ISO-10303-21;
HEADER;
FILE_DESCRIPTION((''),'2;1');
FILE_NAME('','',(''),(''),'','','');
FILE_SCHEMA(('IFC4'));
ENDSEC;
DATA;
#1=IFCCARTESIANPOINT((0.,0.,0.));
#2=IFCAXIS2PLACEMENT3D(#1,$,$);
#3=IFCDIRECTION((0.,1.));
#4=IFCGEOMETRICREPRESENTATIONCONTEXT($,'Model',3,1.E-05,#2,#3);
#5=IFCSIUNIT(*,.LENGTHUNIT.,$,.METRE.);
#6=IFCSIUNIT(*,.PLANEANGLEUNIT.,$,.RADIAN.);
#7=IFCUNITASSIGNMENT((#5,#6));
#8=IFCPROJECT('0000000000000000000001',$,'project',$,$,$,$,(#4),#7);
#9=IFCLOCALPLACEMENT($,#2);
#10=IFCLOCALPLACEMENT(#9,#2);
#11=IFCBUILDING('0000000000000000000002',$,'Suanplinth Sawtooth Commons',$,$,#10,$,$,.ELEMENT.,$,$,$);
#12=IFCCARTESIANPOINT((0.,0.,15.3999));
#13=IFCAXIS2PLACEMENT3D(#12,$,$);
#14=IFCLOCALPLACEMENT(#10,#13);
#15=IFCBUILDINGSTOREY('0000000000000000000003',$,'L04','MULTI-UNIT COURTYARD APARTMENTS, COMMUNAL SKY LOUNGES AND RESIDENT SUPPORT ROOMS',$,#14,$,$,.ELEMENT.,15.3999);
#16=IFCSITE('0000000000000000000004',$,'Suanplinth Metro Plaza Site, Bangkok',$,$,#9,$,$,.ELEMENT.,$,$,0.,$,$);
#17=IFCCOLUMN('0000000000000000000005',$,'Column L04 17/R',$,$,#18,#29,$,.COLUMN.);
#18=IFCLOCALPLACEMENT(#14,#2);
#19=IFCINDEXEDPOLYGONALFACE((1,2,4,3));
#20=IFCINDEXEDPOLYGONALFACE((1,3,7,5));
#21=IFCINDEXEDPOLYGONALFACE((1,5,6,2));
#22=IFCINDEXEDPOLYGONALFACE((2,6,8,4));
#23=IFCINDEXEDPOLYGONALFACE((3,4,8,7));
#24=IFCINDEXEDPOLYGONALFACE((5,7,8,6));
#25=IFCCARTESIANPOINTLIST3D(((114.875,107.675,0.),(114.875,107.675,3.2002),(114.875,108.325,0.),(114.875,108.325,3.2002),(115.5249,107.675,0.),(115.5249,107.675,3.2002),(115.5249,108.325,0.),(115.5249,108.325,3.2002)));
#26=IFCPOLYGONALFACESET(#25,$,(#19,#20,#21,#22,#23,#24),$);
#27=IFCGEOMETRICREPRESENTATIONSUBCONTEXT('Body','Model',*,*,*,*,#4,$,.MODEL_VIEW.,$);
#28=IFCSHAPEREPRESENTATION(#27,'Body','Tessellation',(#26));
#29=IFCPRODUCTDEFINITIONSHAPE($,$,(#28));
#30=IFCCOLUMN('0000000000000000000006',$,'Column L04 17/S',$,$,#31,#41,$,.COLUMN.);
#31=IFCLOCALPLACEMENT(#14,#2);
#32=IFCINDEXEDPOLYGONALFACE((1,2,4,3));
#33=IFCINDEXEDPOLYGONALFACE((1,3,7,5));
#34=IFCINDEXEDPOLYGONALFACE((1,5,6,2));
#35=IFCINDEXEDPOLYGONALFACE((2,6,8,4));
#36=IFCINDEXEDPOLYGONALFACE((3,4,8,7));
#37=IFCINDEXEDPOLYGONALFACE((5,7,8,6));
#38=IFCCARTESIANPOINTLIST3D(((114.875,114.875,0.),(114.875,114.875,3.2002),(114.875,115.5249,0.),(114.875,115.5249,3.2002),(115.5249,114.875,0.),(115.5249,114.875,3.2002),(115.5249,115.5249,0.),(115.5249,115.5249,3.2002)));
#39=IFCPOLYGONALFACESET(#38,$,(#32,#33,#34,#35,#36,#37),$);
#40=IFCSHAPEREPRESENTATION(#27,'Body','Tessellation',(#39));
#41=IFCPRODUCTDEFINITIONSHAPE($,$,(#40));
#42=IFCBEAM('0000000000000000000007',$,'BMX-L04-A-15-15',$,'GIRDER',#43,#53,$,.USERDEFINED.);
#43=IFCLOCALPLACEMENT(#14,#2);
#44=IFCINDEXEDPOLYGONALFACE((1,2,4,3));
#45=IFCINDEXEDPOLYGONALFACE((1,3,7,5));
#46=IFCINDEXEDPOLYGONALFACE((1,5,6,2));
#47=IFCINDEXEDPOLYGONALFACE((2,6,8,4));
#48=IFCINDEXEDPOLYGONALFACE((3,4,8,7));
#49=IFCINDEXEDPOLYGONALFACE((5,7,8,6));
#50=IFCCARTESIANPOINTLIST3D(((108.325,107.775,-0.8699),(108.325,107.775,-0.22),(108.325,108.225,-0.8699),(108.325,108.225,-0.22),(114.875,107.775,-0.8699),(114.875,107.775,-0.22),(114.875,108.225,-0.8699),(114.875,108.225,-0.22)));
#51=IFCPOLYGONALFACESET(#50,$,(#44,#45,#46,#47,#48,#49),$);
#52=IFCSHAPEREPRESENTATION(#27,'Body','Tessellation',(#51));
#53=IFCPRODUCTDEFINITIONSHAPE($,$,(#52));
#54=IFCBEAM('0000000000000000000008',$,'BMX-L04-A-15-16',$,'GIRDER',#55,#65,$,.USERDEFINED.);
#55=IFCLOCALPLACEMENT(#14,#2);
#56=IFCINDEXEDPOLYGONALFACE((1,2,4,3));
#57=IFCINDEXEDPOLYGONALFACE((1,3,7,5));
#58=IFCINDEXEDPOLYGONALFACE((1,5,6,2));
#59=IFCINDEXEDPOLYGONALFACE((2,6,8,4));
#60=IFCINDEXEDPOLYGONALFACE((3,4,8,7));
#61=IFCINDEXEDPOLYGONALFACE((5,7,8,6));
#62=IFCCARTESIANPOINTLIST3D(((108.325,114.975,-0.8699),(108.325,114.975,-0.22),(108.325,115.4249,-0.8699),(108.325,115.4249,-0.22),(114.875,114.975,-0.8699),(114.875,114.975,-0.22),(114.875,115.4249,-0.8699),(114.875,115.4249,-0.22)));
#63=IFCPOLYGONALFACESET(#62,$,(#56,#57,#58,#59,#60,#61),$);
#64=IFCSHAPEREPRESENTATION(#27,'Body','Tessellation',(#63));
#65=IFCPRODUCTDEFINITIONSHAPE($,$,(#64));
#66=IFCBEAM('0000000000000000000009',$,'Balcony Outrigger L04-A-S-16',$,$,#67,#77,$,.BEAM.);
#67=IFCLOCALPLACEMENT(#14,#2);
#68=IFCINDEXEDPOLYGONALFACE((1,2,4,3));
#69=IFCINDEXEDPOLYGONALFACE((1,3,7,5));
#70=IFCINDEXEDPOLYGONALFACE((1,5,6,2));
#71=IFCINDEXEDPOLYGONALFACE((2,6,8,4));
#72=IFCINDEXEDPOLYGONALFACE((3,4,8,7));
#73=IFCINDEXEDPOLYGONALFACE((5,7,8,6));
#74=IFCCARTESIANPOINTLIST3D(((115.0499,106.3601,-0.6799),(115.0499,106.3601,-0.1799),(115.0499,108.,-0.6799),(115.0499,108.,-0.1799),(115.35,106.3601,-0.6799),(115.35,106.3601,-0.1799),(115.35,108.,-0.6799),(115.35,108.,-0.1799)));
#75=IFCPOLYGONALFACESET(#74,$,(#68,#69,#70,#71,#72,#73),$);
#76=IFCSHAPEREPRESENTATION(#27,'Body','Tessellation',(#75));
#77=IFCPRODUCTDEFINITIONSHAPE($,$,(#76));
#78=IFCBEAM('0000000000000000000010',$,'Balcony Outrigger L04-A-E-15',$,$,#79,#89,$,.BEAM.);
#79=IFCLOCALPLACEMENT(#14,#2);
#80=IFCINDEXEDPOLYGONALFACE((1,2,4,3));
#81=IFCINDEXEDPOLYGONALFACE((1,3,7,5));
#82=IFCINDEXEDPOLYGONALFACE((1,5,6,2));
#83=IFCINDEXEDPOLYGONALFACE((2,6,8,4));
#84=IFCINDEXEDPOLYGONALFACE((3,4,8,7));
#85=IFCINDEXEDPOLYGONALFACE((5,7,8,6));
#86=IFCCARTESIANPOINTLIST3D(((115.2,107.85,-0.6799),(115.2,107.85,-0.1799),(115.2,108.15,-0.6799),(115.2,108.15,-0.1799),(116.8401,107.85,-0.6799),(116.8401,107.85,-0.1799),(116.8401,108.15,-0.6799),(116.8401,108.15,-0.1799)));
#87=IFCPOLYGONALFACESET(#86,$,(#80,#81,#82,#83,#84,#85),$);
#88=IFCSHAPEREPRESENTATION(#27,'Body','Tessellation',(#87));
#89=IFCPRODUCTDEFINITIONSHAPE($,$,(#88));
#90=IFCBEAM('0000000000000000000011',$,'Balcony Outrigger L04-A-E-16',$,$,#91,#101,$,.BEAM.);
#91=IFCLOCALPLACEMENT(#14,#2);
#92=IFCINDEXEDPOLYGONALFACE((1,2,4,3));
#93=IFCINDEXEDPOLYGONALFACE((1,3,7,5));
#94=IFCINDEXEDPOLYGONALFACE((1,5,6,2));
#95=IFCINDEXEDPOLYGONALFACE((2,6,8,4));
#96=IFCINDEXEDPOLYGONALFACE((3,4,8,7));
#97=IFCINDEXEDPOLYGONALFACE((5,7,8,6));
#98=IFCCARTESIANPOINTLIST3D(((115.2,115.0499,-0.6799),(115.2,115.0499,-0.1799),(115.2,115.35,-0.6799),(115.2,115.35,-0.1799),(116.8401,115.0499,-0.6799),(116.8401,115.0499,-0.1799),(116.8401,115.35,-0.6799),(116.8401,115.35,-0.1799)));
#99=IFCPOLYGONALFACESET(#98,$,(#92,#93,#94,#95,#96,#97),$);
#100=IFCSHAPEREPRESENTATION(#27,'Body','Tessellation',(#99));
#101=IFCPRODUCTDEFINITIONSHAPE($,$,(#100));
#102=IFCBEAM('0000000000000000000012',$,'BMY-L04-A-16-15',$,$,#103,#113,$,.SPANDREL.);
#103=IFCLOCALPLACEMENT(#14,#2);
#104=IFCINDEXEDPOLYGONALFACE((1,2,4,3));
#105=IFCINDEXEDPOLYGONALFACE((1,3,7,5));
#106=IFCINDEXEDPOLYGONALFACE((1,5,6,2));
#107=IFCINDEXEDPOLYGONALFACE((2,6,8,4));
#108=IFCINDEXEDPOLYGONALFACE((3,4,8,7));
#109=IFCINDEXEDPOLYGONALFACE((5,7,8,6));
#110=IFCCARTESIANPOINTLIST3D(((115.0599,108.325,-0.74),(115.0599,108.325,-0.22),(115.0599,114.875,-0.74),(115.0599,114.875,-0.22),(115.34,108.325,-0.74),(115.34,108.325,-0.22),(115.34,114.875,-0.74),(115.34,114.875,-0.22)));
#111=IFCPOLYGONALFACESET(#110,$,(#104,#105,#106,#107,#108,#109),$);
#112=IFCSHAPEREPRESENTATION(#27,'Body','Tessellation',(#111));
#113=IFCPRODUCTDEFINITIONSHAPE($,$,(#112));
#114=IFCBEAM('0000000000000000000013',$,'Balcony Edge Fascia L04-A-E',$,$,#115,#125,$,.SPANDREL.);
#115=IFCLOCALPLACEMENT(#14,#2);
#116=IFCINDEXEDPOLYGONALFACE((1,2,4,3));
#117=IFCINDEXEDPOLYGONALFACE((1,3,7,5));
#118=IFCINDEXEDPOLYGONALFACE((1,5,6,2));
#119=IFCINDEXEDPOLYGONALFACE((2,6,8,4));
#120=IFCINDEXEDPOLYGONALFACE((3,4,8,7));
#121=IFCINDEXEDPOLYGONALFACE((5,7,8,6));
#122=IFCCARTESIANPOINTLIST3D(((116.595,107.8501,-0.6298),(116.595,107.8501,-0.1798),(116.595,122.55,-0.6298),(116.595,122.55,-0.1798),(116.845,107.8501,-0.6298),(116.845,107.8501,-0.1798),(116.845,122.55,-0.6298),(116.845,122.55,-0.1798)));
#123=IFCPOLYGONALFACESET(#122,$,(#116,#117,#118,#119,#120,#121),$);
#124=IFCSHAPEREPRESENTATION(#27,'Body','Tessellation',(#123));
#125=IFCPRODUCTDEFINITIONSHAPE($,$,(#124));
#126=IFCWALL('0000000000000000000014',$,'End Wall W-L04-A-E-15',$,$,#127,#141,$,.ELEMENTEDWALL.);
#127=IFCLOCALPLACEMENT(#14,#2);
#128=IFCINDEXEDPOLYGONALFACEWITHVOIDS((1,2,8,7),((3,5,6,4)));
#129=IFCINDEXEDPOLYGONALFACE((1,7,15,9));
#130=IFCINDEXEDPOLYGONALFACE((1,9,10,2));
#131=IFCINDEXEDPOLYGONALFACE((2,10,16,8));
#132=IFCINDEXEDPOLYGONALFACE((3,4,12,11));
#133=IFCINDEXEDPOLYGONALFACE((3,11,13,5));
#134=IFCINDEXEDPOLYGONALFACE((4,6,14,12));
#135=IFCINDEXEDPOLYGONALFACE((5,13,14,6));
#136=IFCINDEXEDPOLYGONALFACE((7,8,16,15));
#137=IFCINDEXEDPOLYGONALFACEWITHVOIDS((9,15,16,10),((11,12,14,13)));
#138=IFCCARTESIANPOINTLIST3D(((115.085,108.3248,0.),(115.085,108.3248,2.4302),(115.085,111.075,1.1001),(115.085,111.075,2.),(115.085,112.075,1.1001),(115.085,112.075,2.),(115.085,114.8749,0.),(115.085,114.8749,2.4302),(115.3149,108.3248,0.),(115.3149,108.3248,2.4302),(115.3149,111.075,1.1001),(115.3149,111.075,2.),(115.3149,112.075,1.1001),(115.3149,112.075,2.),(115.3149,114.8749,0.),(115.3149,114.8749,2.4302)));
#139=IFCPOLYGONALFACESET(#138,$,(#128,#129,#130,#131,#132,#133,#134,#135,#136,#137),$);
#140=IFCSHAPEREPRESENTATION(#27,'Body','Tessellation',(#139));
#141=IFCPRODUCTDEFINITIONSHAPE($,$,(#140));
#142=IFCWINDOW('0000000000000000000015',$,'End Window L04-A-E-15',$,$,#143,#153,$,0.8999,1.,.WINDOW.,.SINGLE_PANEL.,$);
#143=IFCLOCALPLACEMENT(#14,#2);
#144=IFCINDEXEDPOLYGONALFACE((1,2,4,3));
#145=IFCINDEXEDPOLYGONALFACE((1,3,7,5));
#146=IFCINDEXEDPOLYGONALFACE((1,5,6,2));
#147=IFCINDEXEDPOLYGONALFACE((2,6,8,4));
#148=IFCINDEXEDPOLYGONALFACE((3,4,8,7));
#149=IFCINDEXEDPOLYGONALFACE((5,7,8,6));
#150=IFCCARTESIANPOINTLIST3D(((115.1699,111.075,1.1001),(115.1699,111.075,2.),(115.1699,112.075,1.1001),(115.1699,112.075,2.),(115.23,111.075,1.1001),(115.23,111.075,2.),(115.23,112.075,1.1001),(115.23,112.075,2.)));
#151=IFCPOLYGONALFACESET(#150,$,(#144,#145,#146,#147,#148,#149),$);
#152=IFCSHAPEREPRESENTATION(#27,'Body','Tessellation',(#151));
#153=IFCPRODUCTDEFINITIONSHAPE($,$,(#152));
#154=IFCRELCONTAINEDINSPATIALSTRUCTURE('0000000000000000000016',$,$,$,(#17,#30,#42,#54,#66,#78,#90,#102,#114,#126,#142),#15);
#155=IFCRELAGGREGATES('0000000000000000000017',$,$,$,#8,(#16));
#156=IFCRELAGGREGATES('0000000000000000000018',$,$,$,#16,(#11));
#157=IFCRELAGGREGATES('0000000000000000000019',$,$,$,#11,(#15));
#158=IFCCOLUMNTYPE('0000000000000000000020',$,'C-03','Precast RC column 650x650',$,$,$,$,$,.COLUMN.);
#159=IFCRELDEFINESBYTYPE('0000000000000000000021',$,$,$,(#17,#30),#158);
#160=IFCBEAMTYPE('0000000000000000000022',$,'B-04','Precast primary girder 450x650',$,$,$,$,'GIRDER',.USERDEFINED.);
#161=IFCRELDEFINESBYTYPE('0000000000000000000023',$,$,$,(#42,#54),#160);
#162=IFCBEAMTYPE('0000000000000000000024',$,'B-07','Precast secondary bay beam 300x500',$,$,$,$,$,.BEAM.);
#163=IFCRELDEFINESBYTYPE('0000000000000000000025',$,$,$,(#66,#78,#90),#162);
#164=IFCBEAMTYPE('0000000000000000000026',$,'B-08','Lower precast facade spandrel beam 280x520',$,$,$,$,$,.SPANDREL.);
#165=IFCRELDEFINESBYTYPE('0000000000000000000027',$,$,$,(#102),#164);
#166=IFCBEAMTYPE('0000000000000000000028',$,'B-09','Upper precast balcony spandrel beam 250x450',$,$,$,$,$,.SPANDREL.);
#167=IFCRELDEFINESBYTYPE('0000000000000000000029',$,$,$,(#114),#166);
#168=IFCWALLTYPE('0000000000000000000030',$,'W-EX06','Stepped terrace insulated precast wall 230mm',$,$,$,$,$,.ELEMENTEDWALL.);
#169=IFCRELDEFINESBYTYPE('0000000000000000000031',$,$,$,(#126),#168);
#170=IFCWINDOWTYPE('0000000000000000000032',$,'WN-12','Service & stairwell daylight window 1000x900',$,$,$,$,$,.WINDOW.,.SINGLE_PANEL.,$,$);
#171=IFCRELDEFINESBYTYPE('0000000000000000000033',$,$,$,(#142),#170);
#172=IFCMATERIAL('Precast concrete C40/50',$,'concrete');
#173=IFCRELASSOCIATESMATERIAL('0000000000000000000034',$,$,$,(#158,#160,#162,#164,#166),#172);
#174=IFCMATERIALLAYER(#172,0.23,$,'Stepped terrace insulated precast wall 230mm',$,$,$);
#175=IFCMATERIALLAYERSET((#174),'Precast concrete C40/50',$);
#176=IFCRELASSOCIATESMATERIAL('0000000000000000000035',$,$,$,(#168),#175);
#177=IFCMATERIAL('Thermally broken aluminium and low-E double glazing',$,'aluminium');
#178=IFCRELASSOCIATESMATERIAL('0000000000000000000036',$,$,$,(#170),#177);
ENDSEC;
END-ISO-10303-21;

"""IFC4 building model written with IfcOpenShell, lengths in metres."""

from ifc_helpers import new_model, si_unit, direction, frame, frame_2d, origin, origin_2d, place, context, subcontext, project, spatial, rectangle, extrude, material, layer, layer_set, material_profile, profile_set, type_object, element, fill, save


model = new_model("IFC4")

# Units and contexts
model_context = context("Model", 3, precision=1e-05, world=origin(), true_north=direction((0.0, 1.0)))
body_context = subcontext(model_context, "Body", "Model", "MODEL_VIEW")
ifc_project = project(units=[si_unit("LENGTHUNIT", "METRE"), si_unit("PLANEANGLEUNIT", "RADIAN")], contexts=[model_context])

# Site, building, storey
site_placement = place(None, origin())
site = spatial("IfcSite", under=ifc_project, at=site_placement, Name="Suanplinth Metro Plaza Site, Bangkok", CompositionType="ELEMENT", RefElevation=0.0)
building_placement = place(site_placement, origin())
building = spatial("IfcBuilding", under=site, at=building_placement, Name="Suanplinth Sawtooth Commons", CompositionType="ELEMENT")
storey_placement = place(building_placement, frame((0.0, 0.0, 15.3999)))
storey = spatial("IfcBuildingStorey", under=building, at=storey_placement, Name="L04", Description="MULTI-UNIT COURTYARD APARTMENTS, COMMUNAL SKY LOUNGES AND RESIDENT SUPPORT ROOMS", CompositionType="ELEMENT", Elevation=15.3999)

# Columns
ifc_material_1 = material(Name="Precast concrete C40/50", Category="concrete")
ifc_material_profile_1 = material_profile(ifc_material_1, rectangle(XDim=0.6499, YDim=0.6499, at=origin_2d()), Name="PC-COL 650x650")
ifc_profile_set_1 = profile_set([ifc_material_profile_1], Name="Precast concrete C40/50")
column_type = type_object("IfcColumnType", Name="C-03", Description="Precast RC column 650x650", PredefinedType="COLUMN", material=ifc_profile_set_1)
for number, where, z_axis, x_axis, name in (
    (1, (115.2, 108.0, 0.0), (0.0, 0.0, 1.0), (1.0, 0.0, 0.0), "Column L04 17/R"),
    (2, (115.2, 115.2, 0.0), (0.0, 0.0, 1.0), (1.0, 0.0, 0.0), "Column L04 17/S"),
):
    element("IfcColumn", number, at=place(storey_placement, frame(where, z_axis=z_axis, x_axis=x_axis)), inside=storey, type_object=column_type, Name=name, PredefinedType="COLUMN", context=body_context, shape_type="SweptSolid", body=[
        extrude(rectangle(XDim=0.6499, YDim=0.6499, at=origin_2d()), origin(), (0.0, 0.0, 1.0), 3.2002),
    ])

# Beams
ifc_material_profile_2 = material_profile(ifc_material_1, rectangle(XDim=0.45, YDim=0.6499, at=origin_2d()), Name="PC-GDR 450x650")
ifc_profile_set_2 = profile_set([ifc_material_profile_2], Name="Precast concrete C40/50")
beam_type_1 = type_object("IfcBeamType", Name="B-04", Description="Precast primary girder 450x650", ElementType="GIRDER", PredefinedType="USERDEFINED", material=ifc_profile_set_2)
for number, where, z_axis, x_axis, name in (
    (3, (108.325, 108.0, -0.5449), (1.0, 0.0, 0.0), (0.0, 1.0, 0.0), "BMX-L04-A-15-15"),
    (4, (108.325, 115.2, -0.5449), (1.0, 0.0, 0.0), (0.0, 1.0, 0.0), "BMX-L04-A-15-16"),
):
    element("IfcBeam", number, at=place(storey_placement, frame(where, z_axis=z_axis, x_axis=x_axis)), inside=storey, type_object=beam_type_1, Name=name, ObjectType="GIRDER", PredefinedType="USERDEFINED", context=body_context, shape_type="SweptSolid", body=[
        extrude(rectangle(XDim=0.45, YDim=0.6499, at=origin_2d()), origin(), (0.0, 0.0, 1.0), 6.55),
    ])
ifc_material_profile_3 = material_profile(ifc_material_1, rectangle(XDim=0.3, YDim=0.5, at=origin_2d()), Name="PC-BM 300x500")
ifc_profile_set_3 = profile_set([ifc_material_profile_3], Name="Precast concrete C40/50")
beam_type_2 = type_object("IfcBeamType", Name="B-07", Description="Precast secondary bay beam 300x500", PredefinedType="BEAM", material=ifc_profile_set_3)
beam_1_placement = place(storey_placement, frame((115.2, 108.0, -0.4299), z_axis=(0.0, -1.0, 0.0), x_axis=(1.0, 0.0, 0.0)))
element("IfcBeam", 5, at=beam_1_placement, inside=storey, type_object=beam_type_2, Name="Balcony Outrigger L04-A-S-16", PredefinedType="BEAM", context=body_context, shape_type="SweptSolid", body=[
    extrude(rectangle(XDim=0.3, YDim=0.5, at=origin_2d()), origin(), (0.0, 0.0, 1.0), 1.6399),
])
for number, where, z_axis, x_axis, name in (
    (6, (115.2, 108.0, -0.4299), (1.0, 0.0, 0.0), (0.0, 1.0, 0.0), "Balcony Outrigger L04-A-E-15"),
    (7, (115.2, 115.2, -0.4299), (1.0, 0.0, 0.0), (0.0, 1.0, 0.0), "Balcony Outrigger L04-A-E-16"),
):
    element("IfcBeam", number, at=place(storey_placement, frame(where, z_axis=z_axis, x_axis=x_axis)), inside=storey, type_object=beam_type_2, Name=name, PredefinedType="BEAM", context=body_context, shape_type="SweptSolid", body=[
        extrude(rectangle(XDim=0.3, YDim=0.5, at=origin_2d()), origin(), (0.0, 0.0, 1.0), 1.6401),
    ])
ifc_material_profile_4 = material_profile(ifc_material_1, rectangle(XDim=0.28, YDim=0.52, at=origin_2d()), Name="PC-SP 280x520")
ifc_profile_set_4 = profile_set([ifc_material_profile_4], Name="Precast concrete C40/50")
beam_type_3 = type_object("IfcBeamType", Name="B-08", Description="Lower precast facade spandrel beam 280x520", PredefinedType="SPANDREL", material=ifc_profile_set_4)
beam_2_placement = place(storey_placement, frame((115.2, 108.325, -0.48), z_axis=(0.0, 1.0, 0.0), x_axis=(-1.0, 0.0, 0.0)))
element("IfcBeam", 8, at=beam_2_placement, inside=storey, type_object=beam_type_3, Name="BMY-L04-A-16-15", PredefinedType="SPANDREL", context=body_context, shape_type="SweptSolid", body=[
    extrude(rectangle(XDim=0.28, YDim=0.52, at=origin_2d()), origin(), (0.0, 0.0, 1.0), 6.55),
])
ifc_material_profile_5 = material_profile(ifc_material_1, rectangle(XDim=0.25, YDim=0.45, at=origin_2d()), Name="PC-SP 250x450")
ifc_profile_set_5 = profile_set([ifc_material_profile_5], Name="Precast concrete C40/50")
beam_type_4 = type_object("IfcBeamType", Name="B-09", Description="Upper precast balcony spandrel beam 250x450", PredefinedType="SPANDREL", material=ifc_profile_set_5)
beam_3_placement = place(storey_placement, frame((116.72, 107.8501, -0.4048), z_axis=(0.0, 1.0, 0.0), x_axis=(-1.0, 0.0, 0.0)))
element("IfcBeam", 9, at=beam_3_placement, inside=storey, type_object=beam_type_4, Name="Balcony Edge Fascia L04-A-E", PredefinedType="SPANDREL", context=body_context, shape_type="SweptSolid", body=[
    extrude(rectangle(XDim=0.25, YDim=0.45, at=origin_2d()), origin(), (0.0, 0.0, 1.0), 14.7),
])

# Wall, opening, window
ifc_layer_1 = layer(ifc_material_1, 0.23, Name="Stepped terrace insulated precast wall 230mm")
ifc_layer_set_1 = layer_set([ifc_layer_1], Name="Precast concrete C40/50")
wall_type_1 = type_object("IfcWallType", Name="W-EX06", Description="Stepped terrace insulated precast wall 230mm", PredefinedType="ELEMENTEDWALL", material=ifc_layer_set_1)
wall_1_placement = place(storey_placement, frame((115.2, 108.325, 0.0), z_axis=(0.0, 0.0, 1.0), x_axis=(0.0, 1.0, 0.0)))
wall_1 = element("IfcWall", 10, at=wall_1_placement, inside=storey, type_object=wall_type_1, Name="End Wall W-L04-A-E-15", PredefinedType="ELEMENTEDWALL", context=body_context, shape_type="SweptSolid", body=[
    extrude(rectangle(XDim=6.55, YDim=0.23, at=frame_2d((3.2749, 0.0))), origin(), (0.0, 0.0, 1.0), 2.4302),
])
opening_1_placement = place(wall_1_placement, frame((2.75, 0.0, 1.1001)))
opening_1 = element("IfcOpeningElement", 11, at=opening_1_placement, cuts=wall_1, PredefinedType="OPENING", context=body_context, shape_type="SweptSolid", body=[
    extrude(rectangle(XDim=1.0, YDim=0.8999, at=frame_2d((0.5, 0.45))), frame((0.0, 0.1299, 0.0), z_axis=(0.0, -1.0, 0.0), x_axis=(1.0, 0.0, 0.0)), (0.0, 0.0, 1.0), 0.2598),
])
ifc_material_2 = material(Name="Thermally broken aluminium and low-E double glazing", Category="aluminium")
window_type = type_object("IfcWindowType", Name="WN-12", Description="Service & stairwell daylight window 1000x900", PartitioningType="SINGLE_PANEL", PredefinedType="WINDOW", material=ifc_material_2)
window_placement = place(opening_1_placement, origin())
window = element("IfcWindow", 12, at=window_placement, inside=storey, type_object=window_type, Name="End Window L04-A-E-15", OverallHeight=0.8999, OverallWidth=1.0, PartitioningType="SINGLE_PANEL", PredefinedType="WINDOW", context=body_context, shape_type="SweptSolid", body=[
    extrude(rectangle(XDim=1.0, YDim=0.8999, at=frame_2d((0.5, 0.45))), frame((0.0, 0.03, 0.0), z_axis=(0.0, -1.0, 0.0), x_axis=(1.0, 0.0, 0.0)), (0.0, 0.0, 1.0), 0.0601),
])
fill(opening_1, window)

save(model, "model.ifc")
